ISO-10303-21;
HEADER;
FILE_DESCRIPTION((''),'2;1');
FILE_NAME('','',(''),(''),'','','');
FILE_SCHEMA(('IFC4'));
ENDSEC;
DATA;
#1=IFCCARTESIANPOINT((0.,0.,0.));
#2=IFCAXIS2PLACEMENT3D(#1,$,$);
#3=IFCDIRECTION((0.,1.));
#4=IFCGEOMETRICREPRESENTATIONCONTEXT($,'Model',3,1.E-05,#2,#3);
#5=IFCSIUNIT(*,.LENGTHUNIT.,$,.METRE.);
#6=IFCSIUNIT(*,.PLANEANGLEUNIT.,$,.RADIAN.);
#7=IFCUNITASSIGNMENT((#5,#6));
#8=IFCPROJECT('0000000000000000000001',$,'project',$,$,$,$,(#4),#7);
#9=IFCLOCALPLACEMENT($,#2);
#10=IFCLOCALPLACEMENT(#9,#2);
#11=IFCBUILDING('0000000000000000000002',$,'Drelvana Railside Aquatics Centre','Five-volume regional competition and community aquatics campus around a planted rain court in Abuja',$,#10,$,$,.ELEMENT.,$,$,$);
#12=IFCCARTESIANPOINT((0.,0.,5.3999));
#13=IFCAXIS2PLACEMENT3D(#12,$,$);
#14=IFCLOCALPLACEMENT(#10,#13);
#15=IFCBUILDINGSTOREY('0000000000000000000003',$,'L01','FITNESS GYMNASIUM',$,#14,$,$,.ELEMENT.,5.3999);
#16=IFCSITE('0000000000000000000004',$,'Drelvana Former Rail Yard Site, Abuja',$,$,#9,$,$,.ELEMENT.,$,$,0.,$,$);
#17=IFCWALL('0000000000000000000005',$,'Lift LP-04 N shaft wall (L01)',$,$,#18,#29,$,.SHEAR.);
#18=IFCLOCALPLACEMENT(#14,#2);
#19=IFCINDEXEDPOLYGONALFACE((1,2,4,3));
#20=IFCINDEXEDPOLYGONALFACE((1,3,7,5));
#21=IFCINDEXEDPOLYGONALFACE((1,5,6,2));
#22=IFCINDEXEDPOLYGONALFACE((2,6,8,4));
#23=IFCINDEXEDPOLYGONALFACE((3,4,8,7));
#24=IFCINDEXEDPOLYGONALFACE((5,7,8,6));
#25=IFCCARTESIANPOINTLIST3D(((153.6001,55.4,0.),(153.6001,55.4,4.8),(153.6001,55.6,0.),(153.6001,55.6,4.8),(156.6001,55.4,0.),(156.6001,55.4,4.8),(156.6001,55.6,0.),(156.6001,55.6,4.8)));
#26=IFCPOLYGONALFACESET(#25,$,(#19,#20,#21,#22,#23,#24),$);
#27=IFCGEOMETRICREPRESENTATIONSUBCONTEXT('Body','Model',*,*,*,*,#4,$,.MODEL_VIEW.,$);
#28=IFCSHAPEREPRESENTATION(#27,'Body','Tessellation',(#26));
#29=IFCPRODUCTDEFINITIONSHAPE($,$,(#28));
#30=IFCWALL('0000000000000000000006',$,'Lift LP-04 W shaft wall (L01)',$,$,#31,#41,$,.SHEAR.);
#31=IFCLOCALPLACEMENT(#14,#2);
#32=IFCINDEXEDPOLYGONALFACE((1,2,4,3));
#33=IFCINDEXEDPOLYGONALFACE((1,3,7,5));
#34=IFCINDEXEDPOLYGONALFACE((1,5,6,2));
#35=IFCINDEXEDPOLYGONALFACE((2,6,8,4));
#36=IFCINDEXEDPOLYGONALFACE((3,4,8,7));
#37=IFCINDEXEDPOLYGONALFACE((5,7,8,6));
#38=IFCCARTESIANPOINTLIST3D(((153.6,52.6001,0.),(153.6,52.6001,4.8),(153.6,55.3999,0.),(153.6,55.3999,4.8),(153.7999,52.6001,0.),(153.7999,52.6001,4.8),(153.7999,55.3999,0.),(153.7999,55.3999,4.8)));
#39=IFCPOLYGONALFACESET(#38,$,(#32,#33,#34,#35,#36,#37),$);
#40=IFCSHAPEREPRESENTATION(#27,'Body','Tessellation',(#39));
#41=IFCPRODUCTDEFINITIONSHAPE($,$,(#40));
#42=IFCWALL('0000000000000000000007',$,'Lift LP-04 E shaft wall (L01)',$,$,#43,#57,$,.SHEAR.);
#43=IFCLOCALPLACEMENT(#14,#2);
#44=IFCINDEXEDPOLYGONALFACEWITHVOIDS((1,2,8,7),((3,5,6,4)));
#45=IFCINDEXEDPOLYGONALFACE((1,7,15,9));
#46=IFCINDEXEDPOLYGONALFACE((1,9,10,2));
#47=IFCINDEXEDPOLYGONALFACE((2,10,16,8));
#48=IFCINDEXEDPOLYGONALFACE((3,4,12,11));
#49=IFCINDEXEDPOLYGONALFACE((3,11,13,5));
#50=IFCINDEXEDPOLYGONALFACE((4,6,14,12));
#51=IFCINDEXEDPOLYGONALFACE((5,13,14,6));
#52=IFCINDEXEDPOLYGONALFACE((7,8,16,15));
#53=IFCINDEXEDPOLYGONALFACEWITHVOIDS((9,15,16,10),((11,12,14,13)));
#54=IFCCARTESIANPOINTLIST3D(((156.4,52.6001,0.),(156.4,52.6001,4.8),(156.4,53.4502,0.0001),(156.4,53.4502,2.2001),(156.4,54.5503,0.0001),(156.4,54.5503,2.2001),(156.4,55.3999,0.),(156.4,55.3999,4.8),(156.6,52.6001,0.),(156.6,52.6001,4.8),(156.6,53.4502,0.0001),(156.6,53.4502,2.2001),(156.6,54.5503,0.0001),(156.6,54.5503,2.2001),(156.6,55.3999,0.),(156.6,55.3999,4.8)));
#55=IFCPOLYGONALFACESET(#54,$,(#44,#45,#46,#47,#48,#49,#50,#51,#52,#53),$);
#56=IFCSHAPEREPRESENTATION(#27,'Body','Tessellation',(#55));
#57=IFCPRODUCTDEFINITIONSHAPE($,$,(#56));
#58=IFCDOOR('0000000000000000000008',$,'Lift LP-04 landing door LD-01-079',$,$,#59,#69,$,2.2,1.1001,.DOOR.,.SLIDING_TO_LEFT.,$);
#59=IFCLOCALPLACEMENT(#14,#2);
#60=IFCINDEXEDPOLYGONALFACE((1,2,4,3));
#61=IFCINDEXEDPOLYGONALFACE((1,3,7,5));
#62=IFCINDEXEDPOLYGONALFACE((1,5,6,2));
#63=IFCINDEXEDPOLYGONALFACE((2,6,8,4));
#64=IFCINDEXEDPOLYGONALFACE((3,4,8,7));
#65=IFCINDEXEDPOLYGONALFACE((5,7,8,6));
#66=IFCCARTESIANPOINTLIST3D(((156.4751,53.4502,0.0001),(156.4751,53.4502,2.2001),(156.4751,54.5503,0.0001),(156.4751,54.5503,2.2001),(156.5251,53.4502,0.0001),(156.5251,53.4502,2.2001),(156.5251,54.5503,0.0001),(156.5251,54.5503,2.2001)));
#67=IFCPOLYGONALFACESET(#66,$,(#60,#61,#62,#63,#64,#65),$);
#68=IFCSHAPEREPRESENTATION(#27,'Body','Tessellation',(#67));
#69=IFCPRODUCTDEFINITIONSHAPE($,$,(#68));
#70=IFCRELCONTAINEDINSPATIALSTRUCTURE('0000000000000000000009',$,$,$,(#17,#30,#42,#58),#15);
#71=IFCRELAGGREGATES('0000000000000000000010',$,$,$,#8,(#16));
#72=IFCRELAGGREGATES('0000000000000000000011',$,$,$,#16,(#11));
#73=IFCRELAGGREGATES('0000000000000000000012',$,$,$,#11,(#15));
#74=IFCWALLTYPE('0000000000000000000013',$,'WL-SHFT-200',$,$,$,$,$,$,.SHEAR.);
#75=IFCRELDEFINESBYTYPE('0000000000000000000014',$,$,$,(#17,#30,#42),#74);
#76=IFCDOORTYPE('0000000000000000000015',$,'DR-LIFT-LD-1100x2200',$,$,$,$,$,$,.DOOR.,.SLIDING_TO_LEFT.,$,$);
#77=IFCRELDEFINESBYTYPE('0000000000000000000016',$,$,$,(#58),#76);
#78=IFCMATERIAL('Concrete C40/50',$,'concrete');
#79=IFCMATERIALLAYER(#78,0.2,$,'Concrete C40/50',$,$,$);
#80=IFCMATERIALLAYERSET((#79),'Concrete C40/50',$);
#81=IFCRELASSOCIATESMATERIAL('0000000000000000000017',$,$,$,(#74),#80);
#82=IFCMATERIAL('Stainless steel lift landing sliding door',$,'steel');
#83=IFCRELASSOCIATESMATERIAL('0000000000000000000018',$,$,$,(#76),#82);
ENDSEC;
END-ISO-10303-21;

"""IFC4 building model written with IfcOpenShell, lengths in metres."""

from ifc_helpers import new_model, si_unit, direction, frame, frame_2d, origin, place, context, subcontext, project, spatial, rectangle, extrude, material, layer, layer_set, type_object, element, fill, save


model = new_model("IFC4")

# Units and contexts
model_context = context("Model", 3, precision=1e-05, world=origin(), true_north=direction((0.0, 1.0)))
body_context = subcontext(model_context, "Body", "Model", "MODEL_VIEW")
ifc_project = project(units=[si_unit("LENGTHUNIT", "METRE"), si_unit("PLANEANGLEUNIT", "RADIAN")], contexts=[model_context])

# Site, building, storey
site_placement = place(None, origin())
site = spatial("IfcSite", under=ifc_project, at=site_placement, Name="Drelvana Former Rail Yard Site, Abuja", CompositionType="ELEMENT", RefElevation=0.0)
building_placement = place(site_placement, origin())
building = spatial("IfcBuilding", under=site, at=building_placement, Name="Drelvana Railside Aquatics Centre", Description="Five-volume regional competition and community aquatics campus around a planted rain court in Abuja", CompositionType="ELEMENT")
storey_placement = place(building_placement, frame((0.0, 0.0, 5.3999)))
storey = spatial("IfcBuildingStorey", under=building, at=storey_placement, Name="L01", Description="FITNESS GYMNASIUM", CompositionType="ELEMENT", Elevation=5.3999)

# Shared definitions
ifc_material_1 = material(Name="Concrete C40/50", Category="concrete")

# Walls
ifc_layer_1 = layer(ifc_material_1, 0.2, Name="Concrete C40/50")
ifc_layer_set_1 = layer_set([ifc_layer_1], Name="Concrete C40/50")
wall_type_1 = type_object("IfcWallType", Name="WL-SHFT-200", PredefinedType="SHEAR", material=ifc_layer_set_1)
for number, where, z_axis, x_axis, name in (
    (1, (153.6001, 55.5, 0.0), (0.0, 0.0, 1.0), (1.0, 0.0, 0.0), "Lift LP-04 N shaft wall (L01)"),
):
    element("IfcWall", number, at=place(storey_placement, frame(where, z_axis=z_axis, x_axis=x_axis)), inside=storey, type_object=wall_type_1, Name=name, PredefinedType="SHEAR", context=body_context, shape_type="SweptSolid", body=[
        extrude(rectangle(XDim=3.0, YDim=0.2, at=frame_2d((1.5, 0.0))), origin(), (0.0, 0.0, 1.0), 4.8),
    ])
wall_1_placement = place(storey_placement, frame((153.7, 52.6001, 0.0), z_axis=(0.0, 0.0, 1.0), x_axis=(0.0, 1.0, 0.0)))
element("IfcWall", 2, at=wall_1_placement, inside=storey, type_object=wall_type_1, Name="Lift LP-04 W shaft wall (L01)", PredefinedType="SHEAR", context=body_context, shape_type="SweptSolid", body=[
    extrude(rectangle(XDim=2.7998, YDim=0.2, at=frame_2d((1.3999, 0.0))), origin(), (0.0, 0.0, 1.0), 4.8),
])

# Wall, opening, door
wall_2_placement = place(storey_placement, frame((156.5, 52.6001, 0.0), z_axis=(0.0, 0.0, 1.0), x_axis=(0.0, 1.0, 0.0)))
wall_2 = element("IfcWall", 3, at=wall_2_placement, inside=storey, type_object=wall_type_1, Name="Lift LP-04 E shaft wall (L01)", PredefinedType="SHEAR", context=body_context, shape_type="SweptSolid", body=[
    extrude(rectangle(XDim=2.7998, YDim=0.2, at=frame_2d((1.3999, 0.0))), origin(), (0.0, 0.0, 1.0), 4.8),
])
opening_placement = place(wall_2_placement, frame((0.8501, 0.0, 0.0)))
opening = element("IfcOpeningElement", 4, at=opening_placement, cuts=wall_2, PredefinedType="OPENING", context=body_context, shape_type="SweptSolid", body=[
    extrude(rectangle(XDim=1.1001, YDim=2.2, at=frame_2d((0.55, 1.1001))), frame((0.0, 0.1099, 0.0), z_axis=(0.0, -1.0, 0.0), x_axis=(1.0, 0.0, 0.0)), (0.0, 0.0, 1.0), 0.22),
])
ifc_material_2 = material(Name="Stainless steel lift landing sliding door", Category="steel")
door_type = type_object("IfcDoorType", Name="DR-LIFT-LD-1100x2200", OperationType="SLIDING_TO_LEFT", PredefinedType="DOOR", material=ifc_material_2)
door_placement = place(opening_placement, origin())
door = element("IfcDoor", 5, at=door_placement, inside=storey, type_object=door_type, Name="Lift LP-04 landing door LD-01-079", OperationType="SLIDING_TO_LEFT", OverallHeight=2.2, OverallWidth=1.1001, PredefinedType="DOOR", context=body_context, shape_type="SweptSolid", body=[
    extrude(rectangle(XDim=1.1001, YDim=2.2, at=frame_2d((0.55, 1.1001))), frame((0.0, 0.0249, 0.0), z_axis=(0.0, -1.0, 0.0), x_axis=(1.0, 0.0, 0.0)), (0.0, 0.0, 1.0), 0.05),
])
fill(opening, door)

save(model, "model.ifc")
